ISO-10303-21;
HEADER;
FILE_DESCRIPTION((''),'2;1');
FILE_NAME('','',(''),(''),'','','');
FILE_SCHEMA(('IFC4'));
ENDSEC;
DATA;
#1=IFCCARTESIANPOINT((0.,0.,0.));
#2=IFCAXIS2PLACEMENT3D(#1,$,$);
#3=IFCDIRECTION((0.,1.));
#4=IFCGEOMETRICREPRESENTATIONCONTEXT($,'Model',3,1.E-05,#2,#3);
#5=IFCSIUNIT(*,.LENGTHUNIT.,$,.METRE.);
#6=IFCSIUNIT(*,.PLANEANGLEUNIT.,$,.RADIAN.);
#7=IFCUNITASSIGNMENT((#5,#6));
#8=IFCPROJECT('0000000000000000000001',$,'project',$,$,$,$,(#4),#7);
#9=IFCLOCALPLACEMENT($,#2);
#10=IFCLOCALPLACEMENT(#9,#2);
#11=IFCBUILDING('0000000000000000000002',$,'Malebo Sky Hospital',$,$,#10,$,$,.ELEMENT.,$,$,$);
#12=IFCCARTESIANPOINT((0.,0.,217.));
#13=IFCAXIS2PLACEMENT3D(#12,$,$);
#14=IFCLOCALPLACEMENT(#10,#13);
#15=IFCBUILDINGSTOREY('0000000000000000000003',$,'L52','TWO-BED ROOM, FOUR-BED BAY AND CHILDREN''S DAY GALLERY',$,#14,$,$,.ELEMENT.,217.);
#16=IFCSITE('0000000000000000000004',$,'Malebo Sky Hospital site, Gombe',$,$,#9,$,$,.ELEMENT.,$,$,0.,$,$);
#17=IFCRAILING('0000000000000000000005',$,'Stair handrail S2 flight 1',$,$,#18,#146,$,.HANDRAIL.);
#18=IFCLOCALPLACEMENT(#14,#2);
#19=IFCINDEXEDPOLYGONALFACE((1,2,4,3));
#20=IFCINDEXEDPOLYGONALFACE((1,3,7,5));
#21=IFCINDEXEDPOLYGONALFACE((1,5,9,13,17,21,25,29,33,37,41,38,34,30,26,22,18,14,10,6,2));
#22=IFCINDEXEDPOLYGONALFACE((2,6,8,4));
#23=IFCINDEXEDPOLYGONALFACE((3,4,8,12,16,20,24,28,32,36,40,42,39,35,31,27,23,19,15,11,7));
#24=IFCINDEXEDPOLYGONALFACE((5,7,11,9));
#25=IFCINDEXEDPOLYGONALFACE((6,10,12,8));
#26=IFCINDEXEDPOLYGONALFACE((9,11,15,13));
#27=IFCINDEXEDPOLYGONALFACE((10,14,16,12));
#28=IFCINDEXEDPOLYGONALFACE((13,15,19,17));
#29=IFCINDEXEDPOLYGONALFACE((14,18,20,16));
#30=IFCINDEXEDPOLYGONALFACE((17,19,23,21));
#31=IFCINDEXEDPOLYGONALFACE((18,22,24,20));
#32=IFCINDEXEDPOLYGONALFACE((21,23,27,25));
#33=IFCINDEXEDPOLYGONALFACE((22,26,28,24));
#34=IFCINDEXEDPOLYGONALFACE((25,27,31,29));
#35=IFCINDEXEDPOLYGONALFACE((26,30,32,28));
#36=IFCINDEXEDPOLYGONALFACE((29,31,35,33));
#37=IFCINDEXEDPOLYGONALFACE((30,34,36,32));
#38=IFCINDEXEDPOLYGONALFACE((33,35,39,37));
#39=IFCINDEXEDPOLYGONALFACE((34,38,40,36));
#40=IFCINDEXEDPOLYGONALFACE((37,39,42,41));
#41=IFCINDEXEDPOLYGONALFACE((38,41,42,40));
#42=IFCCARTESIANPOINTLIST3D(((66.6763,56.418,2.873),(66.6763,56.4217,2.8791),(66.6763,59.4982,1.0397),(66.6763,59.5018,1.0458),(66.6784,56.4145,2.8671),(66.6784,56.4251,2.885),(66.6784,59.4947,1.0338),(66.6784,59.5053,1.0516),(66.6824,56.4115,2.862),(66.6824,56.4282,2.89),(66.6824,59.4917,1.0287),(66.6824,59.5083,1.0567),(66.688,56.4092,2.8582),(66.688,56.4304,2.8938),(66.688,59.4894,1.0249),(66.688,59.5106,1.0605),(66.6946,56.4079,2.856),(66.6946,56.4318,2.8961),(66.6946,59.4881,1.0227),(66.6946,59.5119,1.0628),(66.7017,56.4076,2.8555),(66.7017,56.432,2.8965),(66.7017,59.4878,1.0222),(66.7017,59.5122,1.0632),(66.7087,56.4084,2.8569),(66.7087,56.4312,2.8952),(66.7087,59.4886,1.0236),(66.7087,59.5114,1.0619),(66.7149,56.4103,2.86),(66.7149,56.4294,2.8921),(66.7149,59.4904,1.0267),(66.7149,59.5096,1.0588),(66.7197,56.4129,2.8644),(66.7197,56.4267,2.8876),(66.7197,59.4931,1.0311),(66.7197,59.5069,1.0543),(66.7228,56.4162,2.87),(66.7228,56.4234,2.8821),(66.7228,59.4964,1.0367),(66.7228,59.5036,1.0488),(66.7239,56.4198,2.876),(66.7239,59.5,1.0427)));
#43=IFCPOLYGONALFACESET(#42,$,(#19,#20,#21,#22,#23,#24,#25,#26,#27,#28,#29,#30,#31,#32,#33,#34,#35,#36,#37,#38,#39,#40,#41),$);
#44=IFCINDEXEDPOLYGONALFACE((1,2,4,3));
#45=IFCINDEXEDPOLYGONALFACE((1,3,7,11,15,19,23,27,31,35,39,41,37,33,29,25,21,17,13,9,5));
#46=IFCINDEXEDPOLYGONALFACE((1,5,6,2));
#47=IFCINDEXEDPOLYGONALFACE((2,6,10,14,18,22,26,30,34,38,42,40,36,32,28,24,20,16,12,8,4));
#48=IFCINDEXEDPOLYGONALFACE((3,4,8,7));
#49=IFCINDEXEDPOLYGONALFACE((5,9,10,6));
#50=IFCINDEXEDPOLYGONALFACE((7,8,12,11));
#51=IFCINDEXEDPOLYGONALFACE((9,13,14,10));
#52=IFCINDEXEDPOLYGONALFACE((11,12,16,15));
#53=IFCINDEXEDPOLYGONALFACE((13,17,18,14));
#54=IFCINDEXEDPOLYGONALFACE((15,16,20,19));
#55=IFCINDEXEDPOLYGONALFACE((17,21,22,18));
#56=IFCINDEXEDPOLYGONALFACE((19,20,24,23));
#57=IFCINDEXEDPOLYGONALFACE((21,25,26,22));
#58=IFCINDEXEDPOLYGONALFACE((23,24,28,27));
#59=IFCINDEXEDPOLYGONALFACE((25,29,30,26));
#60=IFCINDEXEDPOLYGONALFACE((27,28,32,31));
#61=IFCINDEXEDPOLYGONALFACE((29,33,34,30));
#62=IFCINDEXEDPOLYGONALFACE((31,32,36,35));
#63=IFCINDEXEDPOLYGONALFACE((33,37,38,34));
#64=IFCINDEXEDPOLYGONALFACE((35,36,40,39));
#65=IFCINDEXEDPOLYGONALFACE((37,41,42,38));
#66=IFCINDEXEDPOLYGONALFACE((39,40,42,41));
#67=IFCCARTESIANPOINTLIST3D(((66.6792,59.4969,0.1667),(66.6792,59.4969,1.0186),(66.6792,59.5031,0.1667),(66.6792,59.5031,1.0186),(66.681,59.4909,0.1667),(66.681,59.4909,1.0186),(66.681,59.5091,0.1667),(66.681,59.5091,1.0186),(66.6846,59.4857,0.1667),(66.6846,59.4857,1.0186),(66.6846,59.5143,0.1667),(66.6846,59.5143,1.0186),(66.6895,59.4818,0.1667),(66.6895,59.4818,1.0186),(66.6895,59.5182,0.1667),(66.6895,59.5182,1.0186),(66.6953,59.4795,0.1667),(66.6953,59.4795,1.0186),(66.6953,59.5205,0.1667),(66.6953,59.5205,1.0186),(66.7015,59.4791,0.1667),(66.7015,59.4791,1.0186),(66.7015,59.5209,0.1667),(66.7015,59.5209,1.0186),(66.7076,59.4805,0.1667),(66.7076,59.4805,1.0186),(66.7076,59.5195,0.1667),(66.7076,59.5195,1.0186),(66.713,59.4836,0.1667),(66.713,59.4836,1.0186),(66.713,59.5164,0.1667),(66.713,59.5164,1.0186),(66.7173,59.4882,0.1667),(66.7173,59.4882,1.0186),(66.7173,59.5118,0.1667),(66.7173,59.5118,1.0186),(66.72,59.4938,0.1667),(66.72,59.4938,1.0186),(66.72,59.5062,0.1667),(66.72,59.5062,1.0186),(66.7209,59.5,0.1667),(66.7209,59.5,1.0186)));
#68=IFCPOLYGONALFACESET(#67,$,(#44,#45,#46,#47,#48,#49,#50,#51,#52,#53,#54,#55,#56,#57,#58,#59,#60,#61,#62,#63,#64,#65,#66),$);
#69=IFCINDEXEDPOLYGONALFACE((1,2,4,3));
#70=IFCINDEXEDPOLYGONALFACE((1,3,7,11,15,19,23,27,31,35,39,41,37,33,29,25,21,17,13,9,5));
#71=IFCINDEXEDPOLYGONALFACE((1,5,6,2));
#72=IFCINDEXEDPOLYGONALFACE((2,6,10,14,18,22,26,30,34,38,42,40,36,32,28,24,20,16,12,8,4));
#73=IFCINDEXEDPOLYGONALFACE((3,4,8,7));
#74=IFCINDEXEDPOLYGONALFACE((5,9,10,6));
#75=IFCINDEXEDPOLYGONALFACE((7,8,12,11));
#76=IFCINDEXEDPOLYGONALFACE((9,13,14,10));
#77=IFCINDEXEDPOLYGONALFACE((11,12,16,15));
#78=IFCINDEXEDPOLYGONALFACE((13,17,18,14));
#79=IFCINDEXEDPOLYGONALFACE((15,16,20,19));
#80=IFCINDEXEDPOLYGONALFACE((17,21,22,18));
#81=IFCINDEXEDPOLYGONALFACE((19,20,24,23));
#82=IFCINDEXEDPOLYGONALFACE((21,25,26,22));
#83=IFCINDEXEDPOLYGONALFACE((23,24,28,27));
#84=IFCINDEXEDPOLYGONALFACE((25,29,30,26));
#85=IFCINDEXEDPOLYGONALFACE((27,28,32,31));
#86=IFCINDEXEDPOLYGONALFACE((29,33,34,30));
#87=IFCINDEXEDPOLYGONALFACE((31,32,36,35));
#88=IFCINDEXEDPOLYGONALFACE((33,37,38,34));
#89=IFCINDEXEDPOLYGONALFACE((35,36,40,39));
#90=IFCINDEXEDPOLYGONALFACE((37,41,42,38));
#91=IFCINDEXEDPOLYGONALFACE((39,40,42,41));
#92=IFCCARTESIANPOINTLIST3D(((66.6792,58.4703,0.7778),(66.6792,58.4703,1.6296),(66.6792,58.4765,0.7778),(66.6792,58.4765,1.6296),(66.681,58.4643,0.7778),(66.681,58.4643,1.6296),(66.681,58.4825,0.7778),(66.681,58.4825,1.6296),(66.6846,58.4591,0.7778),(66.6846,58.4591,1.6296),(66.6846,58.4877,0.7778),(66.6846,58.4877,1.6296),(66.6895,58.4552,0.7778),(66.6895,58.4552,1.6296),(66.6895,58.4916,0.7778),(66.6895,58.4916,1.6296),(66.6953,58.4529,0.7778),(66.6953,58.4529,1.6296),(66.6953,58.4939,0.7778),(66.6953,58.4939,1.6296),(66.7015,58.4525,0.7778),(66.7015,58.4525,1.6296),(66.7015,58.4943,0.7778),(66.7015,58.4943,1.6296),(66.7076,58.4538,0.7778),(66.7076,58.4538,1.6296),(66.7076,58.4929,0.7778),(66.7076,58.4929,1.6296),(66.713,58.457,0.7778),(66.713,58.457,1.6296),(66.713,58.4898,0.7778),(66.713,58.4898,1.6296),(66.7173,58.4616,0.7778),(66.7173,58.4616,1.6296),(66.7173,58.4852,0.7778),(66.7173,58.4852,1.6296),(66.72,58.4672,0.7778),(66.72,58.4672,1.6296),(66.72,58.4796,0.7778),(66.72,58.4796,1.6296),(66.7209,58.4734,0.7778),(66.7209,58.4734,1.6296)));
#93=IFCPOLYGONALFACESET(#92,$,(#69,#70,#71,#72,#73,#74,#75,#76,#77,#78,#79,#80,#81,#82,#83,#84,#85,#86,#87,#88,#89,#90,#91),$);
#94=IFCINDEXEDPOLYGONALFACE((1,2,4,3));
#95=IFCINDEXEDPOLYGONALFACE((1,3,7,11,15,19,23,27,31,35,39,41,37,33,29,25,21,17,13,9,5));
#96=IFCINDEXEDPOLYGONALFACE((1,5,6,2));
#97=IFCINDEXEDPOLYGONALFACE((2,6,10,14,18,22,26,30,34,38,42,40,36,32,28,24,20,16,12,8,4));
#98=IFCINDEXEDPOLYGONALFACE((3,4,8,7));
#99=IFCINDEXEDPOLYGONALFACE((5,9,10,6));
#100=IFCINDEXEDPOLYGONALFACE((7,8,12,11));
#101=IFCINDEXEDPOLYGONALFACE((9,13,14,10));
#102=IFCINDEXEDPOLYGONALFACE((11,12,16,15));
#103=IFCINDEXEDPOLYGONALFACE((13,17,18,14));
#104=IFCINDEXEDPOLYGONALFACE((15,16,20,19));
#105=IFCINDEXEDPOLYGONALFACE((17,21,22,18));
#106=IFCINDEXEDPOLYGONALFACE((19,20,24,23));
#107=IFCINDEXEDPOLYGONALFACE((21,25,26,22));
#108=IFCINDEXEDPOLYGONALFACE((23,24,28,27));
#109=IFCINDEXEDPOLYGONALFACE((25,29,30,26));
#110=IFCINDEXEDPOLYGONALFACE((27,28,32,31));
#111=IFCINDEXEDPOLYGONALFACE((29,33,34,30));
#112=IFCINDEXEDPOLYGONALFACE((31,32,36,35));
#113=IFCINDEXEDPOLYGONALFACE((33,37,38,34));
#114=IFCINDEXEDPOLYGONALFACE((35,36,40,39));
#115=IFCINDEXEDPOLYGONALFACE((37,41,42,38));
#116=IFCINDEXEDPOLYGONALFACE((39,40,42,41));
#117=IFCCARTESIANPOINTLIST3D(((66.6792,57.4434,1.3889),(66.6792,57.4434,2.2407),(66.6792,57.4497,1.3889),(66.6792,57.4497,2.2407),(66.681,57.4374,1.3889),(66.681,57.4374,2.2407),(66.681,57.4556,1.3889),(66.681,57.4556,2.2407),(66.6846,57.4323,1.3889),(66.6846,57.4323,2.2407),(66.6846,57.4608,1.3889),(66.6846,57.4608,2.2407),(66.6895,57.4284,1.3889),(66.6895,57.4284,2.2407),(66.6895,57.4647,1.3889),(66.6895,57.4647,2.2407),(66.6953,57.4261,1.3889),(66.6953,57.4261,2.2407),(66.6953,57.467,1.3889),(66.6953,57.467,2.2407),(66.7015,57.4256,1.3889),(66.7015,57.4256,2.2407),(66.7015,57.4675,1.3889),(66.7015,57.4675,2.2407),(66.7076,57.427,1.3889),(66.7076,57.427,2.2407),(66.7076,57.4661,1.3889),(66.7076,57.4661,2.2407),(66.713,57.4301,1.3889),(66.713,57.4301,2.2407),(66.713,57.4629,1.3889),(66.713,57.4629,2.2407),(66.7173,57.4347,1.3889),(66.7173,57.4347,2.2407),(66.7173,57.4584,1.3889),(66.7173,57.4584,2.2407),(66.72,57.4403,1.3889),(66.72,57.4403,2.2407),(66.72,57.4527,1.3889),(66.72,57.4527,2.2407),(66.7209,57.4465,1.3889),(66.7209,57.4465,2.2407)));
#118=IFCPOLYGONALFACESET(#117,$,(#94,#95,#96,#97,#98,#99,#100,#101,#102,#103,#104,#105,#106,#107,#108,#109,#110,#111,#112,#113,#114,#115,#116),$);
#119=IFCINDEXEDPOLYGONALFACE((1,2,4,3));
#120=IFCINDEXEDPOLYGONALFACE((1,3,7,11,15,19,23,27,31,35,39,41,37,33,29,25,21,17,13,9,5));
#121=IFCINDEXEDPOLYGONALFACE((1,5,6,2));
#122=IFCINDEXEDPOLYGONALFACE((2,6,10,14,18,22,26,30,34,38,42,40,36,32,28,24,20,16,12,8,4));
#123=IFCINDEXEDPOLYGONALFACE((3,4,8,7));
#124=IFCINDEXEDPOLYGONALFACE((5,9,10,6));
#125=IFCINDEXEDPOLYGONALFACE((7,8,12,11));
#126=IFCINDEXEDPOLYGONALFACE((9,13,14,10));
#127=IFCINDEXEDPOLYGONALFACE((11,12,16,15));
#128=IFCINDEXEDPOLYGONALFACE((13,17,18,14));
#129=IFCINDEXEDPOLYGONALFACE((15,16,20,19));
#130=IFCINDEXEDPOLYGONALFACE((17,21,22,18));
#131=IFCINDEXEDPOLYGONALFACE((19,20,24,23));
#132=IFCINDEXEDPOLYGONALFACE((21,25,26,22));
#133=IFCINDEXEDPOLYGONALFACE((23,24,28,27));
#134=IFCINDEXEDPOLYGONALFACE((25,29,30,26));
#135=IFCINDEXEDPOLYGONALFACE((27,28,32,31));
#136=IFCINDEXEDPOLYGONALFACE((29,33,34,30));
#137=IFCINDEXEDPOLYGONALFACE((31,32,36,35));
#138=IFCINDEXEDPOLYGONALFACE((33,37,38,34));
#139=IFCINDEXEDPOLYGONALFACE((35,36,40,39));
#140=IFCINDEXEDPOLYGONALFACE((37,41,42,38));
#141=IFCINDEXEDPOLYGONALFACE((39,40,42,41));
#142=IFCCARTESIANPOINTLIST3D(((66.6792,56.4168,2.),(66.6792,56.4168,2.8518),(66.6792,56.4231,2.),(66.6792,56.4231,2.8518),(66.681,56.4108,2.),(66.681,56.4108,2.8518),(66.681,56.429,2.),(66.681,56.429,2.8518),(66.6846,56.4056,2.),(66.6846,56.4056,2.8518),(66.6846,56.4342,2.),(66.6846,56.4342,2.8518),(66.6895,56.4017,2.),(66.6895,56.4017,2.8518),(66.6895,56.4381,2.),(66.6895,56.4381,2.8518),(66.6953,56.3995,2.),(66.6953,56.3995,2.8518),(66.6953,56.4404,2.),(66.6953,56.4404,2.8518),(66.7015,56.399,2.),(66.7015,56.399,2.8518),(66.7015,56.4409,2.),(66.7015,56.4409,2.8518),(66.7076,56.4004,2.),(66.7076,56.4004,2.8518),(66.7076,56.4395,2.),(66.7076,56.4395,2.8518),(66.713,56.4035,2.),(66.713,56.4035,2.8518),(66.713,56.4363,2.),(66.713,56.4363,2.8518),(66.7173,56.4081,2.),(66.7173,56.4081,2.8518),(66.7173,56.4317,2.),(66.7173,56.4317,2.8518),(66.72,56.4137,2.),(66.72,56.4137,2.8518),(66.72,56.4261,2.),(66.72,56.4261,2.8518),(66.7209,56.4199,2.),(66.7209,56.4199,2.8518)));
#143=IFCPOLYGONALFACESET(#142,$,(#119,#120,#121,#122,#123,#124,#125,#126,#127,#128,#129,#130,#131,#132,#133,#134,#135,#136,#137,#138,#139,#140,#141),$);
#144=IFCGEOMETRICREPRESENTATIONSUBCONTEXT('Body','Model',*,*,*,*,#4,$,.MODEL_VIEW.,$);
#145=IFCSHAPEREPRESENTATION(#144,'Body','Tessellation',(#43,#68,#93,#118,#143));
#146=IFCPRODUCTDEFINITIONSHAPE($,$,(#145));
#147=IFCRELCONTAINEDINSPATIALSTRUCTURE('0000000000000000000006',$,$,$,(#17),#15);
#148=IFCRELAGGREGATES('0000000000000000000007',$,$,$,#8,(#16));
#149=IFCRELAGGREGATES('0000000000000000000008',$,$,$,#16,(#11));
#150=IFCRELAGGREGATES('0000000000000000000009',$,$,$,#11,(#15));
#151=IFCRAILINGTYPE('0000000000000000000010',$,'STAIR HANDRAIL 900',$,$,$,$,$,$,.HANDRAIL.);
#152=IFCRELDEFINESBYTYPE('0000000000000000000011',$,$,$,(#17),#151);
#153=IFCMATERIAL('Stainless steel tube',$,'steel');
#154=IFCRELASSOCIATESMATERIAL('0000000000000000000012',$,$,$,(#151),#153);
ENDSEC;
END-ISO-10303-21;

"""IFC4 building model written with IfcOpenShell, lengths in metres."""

from ifc_helpers import new_model, si_unit, direction, frame, origin, origin_2d, place, context, subcontext, project, spatial, circle, extrude, material, type_object, element, save


model = new_model("IFC4")

# Units and contexts
model_context = context("Model", 3, precision=1e-05, world=origin(), true_north=direction((0.0, 1.0)))
body_context = subcontext(model_context, "Body", "Model", "MODEL_VIEW")
ifc_project = project(units=[si_unit("LENGTHUNIT", "METRE"), si_unit("PLANEANGLEUNIT", "RADIAN")], contexts=[model_context])

# Site, building, storey
site_placement = place(None, origin())
site = spatial("IfcSite", under=ifc_project, at=site_placement, Name="Malebo Sky Hospital site, Gombe", CompositionType="ELEMENT", RefElevation=0.0)
building_placement = place(site_placement, origin())
building = spatial("IfcBuilding", under=site, at=building_placement, Name="Malebo Sky Hospital", CompositionType="ELEMENT")
storey_placement = place(building_placement, frame((0.0, 0.0, 217.0)))
storey = spatial("IfcBuildingStorey", under=building, at=storey_placement, Name="L52", Description="TWO-BED ROOM, FOUR-BED BAY AND CHILDREN'S DAY GALLERY", CompositionType="ELEMENT", Elevation=217.0)

# Railing
ifc_material_1 = material(Name="Stainless steel tube", Category="steel")
railing_type = type_object("IfcRailingType", Name="STAIR HANDRAIL 900", PredefinedType="HANDRAIL", material=ifc_material_1)
railing_1_placement = place(storey_placement, frame((66.7, 59.5, 0.1667)))
element("IfcRailing", 1, at=railing_1_placement, inside=storey, type_object=railing_type, Name="Stair handrail S2 flight 1", PredefinedType="HANDRAIL", context=body_context, shape_type="SweptSolid", body=[
    extrude(circle(Radius=0.0239, at=origin_2d()), frame((0.0, 0.0, 0.876), z_axis=(0.0, -0.859309, 0.511458), x_axis=(1.0, 0.0, 0.0)), (0.0, 0.0, 1.0), 3.5845),
    extrude(circle(Radius=0.021, at=origin_2d()), origin(), (0.0, 0.0, 1.0), 0.8518),
    extrude(circle(Radius=0.021, at=origin_2d()), frame((0.0, -1.0266, 0.6111)), (0.0, 0.0, 1.0), 0.8518),
    extrude(circle(Radius=0.021, at=origin_2d()), frame((0.0, -2.0535, 1.2222)), (0.0, 0.0, 1.0), 0.8518),
    extrude(circle(Radius=0.021, at=origin_2d()), frame((0.0, -3.0801, 1.8333)), (0.0, 0.0, 1.0), 0.8518),
])

save(model, "model.ifc")
